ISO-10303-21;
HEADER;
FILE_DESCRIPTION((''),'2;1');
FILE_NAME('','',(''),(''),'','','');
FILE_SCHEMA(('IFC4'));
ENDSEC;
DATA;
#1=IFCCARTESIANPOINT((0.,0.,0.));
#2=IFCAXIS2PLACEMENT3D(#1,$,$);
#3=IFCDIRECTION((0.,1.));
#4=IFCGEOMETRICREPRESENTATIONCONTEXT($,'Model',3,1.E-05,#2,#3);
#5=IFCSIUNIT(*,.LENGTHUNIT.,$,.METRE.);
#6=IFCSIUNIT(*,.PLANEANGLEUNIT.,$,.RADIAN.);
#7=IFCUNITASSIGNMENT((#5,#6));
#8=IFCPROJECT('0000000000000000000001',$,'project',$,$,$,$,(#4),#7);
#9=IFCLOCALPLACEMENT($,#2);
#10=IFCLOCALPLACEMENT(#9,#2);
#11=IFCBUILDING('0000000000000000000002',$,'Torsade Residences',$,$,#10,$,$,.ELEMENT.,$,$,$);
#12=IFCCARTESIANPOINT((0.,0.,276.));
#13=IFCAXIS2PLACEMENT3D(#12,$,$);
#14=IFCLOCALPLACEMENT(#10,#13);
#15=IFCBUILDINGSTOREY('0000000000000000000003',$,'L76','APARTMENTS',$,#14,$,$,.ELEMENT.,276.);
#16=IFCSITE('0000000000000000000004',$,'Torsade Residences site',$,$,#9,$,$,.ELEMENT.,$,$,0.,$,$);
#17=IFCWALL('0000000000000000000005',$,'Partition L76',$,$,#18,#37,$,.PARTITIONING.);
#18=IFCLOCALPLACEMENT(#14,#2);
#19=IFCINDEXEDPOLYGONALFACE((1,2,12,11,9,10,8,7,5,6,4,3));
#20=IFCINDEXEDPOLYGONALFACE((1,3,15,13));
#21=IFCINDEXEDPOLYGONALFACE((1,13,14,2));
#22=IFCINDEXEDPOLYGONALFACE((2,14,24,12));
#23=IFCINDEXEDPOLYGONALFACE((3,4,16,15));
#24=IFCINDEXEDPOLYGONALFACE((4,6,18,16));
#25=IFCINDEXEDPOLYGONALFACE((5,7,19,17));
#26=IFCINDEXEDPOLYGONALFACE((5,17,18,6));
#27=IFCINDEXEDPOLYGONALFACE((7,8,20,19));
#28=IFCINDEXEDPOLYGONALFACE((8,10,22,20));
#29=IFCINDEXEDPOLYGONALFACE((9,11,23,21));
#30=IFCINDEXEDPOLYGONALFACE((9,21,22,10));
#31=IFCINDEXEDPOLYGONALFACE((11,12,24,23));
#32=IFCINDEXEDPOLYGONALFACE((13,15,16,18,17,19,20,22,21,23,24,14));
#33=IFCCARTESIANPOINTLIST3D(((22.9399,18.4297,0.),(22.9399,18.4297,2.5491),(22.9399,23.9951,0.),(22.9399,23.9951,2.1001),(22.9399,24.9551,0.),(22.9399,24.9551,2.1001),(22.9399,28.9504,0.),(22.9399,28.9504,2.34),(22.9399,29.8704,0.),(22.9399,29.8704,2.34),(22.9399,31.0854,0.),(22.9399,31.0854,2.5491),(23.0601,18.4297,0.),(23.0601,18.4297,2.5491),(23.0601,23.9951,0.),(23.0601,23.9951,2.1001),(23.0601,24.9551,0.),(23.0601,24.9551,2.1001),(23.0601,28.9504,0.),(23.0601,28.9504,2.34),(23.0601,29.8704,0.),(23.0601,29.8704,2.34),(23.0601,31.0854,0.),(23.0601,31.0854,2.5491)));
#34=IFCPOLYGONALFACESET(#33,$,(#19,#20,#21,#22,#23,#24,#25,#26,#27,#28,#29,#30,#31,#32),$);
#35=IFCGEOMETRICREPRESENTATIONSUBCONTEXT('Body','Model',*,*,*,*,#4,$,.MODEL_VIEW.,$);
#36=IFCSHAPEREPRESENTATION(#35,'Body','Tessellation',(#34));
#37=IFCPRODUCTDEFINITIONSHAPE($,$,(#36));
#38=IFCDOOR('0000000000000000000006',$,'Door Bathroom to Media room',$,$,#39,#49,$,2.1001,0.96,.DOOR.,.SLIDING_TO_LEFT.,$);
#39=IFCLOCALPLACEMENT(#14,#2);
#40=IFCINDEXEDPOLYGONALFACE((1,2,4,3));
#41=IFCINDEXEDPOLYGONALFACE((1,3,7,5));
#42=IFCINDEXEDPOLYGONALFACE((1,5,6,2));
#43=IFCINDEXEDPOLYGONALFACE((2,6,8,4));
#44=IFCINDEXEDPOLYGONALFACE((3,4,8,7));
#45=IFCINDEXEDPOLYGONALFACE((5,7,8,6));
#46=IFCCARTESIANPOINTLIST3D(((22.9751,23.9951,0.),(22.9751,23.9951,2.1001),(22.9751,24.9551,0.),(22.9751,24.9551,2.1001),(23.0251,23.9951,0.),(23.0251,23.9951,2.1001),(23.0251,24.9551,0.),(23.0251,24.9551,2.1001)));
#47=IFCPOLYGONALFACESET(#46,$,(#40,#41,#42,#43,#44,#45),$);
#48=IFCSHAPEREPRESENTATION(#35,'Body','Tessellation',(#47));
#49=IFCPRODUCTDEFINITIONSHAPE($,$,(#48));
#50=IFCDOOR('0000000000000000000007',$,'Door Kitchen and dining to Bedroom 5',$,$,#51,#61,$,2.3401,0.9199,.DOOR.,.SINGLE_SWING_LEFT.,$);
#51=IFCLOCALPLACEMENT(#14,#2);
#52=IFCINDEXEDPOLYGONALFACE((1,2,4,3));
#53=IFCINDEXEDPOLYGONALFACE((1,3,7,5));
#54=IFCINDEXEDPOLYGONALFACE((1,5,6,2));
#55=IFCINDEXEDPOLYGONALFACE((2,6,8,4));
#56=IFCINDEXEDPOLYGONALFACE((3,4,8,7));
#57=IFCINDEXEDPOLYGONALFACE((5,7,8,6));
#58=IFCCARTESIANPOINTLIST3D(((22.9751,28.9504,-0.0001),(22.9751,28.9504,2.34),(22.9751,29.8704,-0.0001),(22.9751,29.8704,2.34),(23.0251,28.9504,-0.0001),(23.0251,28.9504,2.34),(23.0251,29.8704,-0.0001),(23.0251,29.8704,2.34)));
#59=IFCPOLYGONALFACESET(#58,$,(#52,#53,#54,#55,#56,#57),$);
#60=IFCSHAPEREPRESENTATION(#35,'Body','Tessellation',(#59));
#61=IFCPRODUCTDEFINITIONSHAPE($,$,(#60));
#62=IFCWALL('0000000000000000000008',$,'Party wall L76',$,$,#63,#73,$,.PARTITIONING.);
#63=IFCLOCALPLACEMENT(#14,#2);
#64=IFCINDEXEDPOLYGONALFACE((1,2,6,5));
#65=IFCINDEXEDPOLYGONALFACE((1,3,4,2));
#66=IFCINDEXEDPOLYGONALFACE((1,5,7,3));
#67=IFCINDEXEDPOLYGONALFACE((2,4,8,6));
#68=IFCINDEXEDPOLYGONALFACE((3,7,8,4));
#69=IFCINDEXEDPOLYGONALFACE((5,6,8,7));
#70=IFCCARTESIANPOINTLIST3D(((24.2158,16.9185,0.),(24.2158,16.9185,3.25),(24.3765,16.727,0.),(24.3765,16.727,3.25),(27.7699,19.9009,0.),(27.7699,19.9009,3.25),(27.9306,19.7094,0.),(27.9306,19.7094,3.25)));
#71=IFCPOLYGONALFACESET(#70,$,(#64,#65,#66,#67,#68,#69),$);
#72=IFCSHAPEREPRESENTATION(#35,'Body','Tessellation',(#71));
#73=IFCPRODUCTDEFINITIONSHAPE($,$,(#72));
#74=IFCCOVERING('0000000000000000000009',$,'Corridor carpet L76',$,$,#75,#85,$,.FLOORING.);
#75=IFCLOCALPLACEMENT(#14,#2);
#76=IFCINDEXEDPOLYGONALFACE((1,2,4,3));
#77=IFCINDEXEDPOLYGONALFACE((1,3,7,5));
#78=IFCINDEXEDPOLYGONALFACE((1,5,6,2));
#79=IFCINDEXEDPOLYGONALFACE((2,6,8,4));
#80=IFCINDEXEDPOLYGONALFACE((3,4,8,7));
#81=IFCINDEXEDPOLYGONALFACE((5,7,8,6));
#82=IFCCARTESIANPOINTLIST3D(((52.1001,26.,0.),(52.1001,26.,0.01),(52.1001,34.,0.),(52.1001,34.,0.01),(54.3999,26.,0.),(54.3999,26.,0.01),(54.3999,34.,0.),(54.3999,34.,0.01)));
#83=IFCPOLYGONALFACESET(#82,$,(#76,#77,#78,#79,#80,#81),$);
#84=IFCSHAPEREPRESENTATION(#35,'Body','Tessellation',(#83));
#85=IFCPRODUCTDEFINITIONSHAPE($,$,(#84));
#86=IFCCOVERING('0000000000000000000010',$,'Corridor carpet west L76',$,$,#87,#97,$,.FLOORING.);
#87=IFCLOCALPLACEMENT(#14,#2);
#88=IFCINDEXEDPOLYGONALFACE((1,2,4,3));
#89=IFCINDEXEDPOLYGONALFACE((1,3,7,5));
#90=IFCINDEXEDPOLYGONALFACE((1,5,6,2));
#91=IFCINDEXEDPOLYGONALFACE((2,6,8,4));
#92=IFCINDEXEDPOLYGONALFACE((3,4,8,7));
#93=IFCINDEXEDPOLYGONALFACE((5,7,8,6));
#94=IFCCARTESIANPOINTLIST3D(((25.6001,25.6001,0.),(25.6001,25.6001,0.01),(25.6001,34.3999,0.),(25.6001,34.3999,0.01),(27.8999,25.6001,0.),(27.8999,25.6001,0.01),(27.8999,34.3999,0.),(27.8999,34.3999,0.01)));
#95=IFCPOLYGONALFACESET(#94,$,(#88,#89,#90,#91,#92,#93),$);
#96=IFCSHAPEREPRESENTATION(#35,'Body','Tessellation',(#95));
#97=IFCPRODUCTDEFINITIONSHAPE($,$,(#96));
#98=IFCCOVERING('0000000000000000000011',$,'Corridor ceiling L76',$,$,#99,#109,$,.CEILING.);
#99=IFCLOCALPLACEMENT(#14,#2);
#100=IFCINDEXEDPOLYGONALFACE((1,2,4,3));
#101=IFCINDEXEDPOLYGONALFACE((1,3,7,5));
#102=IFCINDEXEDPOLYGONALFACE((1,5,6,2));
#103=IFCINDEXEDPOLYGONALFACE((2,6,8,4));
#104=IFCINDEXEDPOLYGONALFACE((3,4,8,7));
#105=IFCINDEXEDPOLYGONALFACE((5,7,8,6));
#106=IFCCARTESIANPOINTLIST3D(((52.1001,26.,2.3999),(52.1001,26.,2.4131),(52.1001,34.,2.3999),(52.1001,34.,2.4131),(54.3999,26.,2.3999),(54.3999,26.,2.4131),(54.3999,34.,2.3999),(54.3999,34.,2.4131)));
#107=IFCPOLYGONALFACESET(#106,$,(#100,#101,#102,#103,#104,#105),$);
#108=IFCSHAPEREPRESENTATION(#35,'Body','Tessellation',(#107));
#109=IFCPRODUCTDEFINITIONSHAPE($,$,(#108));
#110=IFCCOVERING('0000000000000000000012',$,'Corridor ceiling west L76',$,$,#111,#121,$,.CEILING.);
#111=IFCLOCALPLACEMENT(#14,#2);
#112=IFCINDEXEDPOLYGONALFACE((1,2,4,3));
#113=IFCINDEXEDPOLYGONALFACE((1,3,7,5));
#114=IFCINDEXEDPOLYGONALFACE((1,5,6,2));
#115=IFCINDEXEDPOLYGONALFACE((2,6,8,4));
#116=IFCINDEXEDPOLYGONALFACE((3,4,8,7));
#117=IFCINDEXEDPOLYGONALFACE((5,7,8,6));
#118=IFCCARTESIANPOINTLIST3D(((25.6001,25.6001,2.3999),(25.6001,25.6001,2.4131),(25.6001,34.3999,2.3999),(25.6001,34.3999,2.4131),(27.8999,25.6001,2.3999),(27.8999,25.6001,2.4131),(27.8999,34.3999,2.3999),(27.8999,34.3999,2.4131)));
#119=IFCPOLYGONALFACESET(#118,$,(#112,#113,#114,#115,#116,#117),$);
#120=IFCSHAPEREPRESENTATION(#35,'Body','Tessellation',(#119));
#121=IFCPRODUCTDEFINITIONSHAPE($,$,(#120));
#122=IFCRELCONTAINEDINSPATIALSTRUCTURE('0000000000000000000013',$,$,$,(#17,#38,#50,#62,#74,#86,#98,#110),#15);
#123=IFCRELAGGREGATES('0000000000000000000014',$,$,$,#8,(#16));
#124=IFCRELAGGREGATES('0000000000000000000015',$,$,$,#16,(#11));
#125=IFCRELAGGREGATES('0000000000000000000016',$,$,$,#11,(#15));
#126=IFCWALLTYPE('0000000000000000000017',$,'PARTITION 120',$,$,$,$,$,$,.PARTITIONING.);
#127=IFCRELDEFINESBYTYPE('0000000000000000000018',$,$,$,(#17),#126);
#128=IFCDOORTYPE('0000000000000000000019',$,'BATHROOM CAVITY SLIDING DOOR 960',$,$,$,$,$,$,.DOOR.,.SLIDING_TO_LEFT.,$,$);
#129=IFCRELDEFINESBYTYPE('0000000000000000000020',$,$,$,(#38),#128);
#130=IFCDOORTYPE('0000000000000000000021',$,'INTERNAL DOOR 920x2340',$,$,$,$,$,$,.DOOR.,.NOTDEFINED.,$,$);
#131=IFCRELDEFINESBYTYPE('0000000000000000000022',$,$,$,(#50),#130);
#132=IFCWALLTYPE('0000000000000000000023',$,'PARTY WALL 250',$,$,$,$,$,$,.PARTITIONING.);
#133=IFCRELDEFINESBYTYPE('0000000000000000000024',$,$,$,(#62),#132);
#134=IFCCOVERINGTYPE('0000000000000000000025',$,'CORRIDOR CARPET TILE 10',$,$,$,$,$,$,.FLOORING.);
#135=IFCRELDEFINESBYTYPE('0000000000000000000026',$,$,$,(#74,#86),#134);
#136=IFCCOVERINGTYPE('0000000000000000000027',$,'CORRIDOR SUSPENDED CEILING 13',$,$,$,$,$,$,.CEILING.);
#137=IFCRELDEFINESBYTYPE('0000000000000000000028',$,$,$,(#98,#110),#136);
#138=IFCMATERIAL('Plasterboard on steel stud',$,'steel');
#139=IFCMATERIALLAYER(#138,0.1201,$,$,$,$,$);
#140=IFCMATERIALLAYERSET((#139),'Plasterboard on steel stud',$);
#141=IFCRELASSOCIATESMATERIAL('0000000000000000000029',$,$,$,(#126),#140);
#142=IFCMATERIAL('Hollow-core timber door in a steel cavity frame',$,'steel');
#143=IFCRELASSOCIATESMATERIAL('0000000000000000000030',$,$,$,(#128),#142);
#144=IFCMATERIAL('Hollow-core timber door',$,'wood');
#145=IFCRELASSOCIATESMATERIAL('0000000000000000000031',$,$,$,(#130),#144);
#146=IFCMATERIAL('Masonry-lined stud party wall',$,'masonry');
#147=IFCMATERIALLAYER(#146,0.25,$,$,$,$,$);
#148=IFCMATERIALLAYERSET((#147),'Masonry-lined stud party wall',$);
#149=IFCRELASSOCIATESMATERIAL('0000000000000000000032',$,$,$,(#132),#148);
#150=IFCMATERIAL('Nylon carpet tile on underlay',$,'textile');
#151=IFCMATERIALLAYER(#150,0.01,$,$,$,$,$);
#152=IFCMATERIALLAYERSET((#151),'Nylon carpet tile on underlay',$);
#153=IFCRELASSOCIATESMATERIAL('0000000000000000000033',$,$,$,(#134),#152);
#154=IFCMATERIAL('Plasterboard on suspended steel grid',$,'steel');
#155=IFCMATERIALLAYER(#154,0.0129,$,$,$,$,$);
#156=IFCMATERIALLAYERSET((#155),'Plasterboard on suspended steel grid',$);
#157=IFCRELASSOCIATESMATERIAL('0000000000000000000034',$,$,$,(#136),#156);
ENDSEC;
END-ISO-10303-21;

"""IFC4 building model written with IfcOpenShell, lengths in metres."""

from ifc_helpers import new_model, si_unit, direction, frame, frame_2d, origin, place, context, subcontext, project, spatial, polyline, rectangle, outline, extrude, material, layer, layer_set, type_object, element, fill, save


model = new_model("IFC4")

# Units and contexts
model_context = context("Model", 3, precision=1e-05, world=origin(), true_north=direction((0.0, 1.0)))
body_context = subcontext(model_context, "Body", "Model", "MODEL_VIEW")
ifc_project = project(units=[si_unit("LENGTHUNIT", "METRE"), si_unit("PLANEANGLEUNIT", "RADIAN")], contexts=[model_context])

# Site, building, storey
site_placement = place(None, origin())
site = spatial("IfcSite", under=ifc_project, at=site_placement, Name="Torsade Residences site", CompositionType="ELEMENT", RefElevation=0.0)
building_placement = place(site_placement, origin())
building = spatial("IfcBuilding", under=site, at=building_placement, Name="Torsade Residences", CompositionType="ELEMENT")
storey_placement = place(building_placement, frame((0.0, 0.0, 276.0)))
storey = spatial("IfcBuildingStorey", under=building, at=storey_placement, Name="L76", Description="APARTMENTS", CompositionType="ELEMENT", Elevation=276.0)

# Wall, openings, doors
ifc_material_1 = material(Name="Plasterboard on steel stud", Category="steel")
ifc_layer_1 = layer(ifc_material_1, 0.1201)
ifc_layer_set_1 = layer_set([ifc_layer_1], Name="Plasterboard on steel stud")
wall_type_1 = type_object("IfcWallType", Name="PARTITION 120", PredefinedType="PARTITIONING", material=ifc_layer_set_1)
wall_1_placement = place(storey_placement, frame((23.0, 18.4297, 0.0), z_axis=(0.0, 0.0, 1.0), x_axis=(0.0, 1.0, 0.0)))
wall_1 = element("IfcWall", 1, at=wall_1_placement, inside=storey, type_object=wall_type_1, Name="Partition L76", PredefinedType="PARTITIONING", context=body_context, shape_type="SweptSolid", body=[
    extrude(rectangle(XDim=12.6558, YDim=0.1201, at=frame_2d((6.3279, 0.0))), origin(), (0.0, 0.0, 1.0), 2.5491),
])
opening_1_placement = place(wall_1_placement, frame((10.5208, 0.0, 0.0)))
opening_1 = element("IfcOpeningElement", 2, at=opening_1_placement, cuts=wall_1, PredefinedType="OPENING", context=body_context, shape_type="SweptSolid", body=[
    extrude(rectangle(XDim=0.9199, YDim=2.3401, at=frame_2d((0.46, 1.1699))), frame((0.0, 0.0701, 0.0), z_axis=(0.0, -1.0, 0.0), x_axis=(1.0, 0.0, 0.0)), (0.0, 0.0, 1.0), 0.1401),
])
opening_2_placement = place(wall_1_placement, frame((5.5654, 0.0, 0.0)))
opening_2 = element("IfcOpeningElement", 3, at=opening_2_placement, cuts=wall_1, PredefinedType="OPENING", context=body_context, shape_type="SweptSolid", body=[
    extrude(rectangle(XDim=0.96, YDim=2.1001, at=frame_2d((0.48, 1.05))), frame((0.0, 0.0701, 0.0), z_axis=(0.0, -1.0, 0.0), x_axis=(1.0, 0.0, 0.0)), (0.0, 0.0, 1.0), 0.1401),
])
ifc_material_2 = material(Name="Hollow-core timber door in a steel cavity frame", Category="steel")
door_type_1 = type_object("IfcDoorType", Name="BATHROOM CAVITY SLIDING DOOR 960", OperationType="SLIDING_TO_LEFT", PredefinedType="DOOR", material=ifc_material_2)
door_1_placement = place(opening_2_placement, origin())
door_1 = element("IfcDoor", 4, at=door_1_placement, inside=storey, type_object=door_type_1, Name="Door Bathroom to Media room", OperationType="SLIDING_TO_LEFT", OverallHeight=2.1001, OverallWidth=0.96, PredefinedType="DOOR", context=body_context, shape_type="SweptSolid", body=[
    extrude(rectangle(XDim=0.96, YDim=2.1001, at=frame_2d((0.48, 1.05))), frame((0.0, 0.0249, 0.0), z_axis=(0.0, -1.0, 0.0), x_axis=(1.0, 0.0, 0.0)), (0.0, 0.0, 1.0), 0.05),
])
fill(opening_2, door_1)
ifc_material_3 = material(Name="Hollow-core timber door", Category="wood")
door_type_2 = type_object("IfcDoorType", Name="INTERNAL DOOR 920x2340", OperationType="NOTDEFINED", PredefinedType="DOOR", material=ifc_material_3)
door_2_placement = place(opening_1_placement, origin())
door_2 = element("IfcDoor", 5, at=door_2_placement, inside=storey, type_object=door_type_2, Name="Door Kitchen and dining to Bedroom 5", OperationType="SINGLE_SWING_LEFT", OverallHeight=2.3401, OverallWidth=0.9199, PredefinedType="DOOR", context=body_context, shape_type="SweptSolid", body=[
    extrude(rectangle(XDim=0.9199, YDim=2.3401, at=frame_2d((0.46, 1.1699))), frame((0.0, 0.0249, 0.0), z_axis=(0.0, -1.0, 0.0), x_axis=(1.0, 0.0, 0.0)), (0.0, 0.0, 1.0), 0.05),
])
fill(opening_1, door_2)

# Wall
ifc_material_4 = material(Name="Masonry-lined stud party wall", Category="masonry")
ifc_layer_2 = layer(ifc_material_4, 0.25)
ifc_layer_set_2 = layer_set([ifc_layer_2], Name="Masonry-lined stud party wall")
wall_type_2 = type_object("IfcWallType", Name="PARTY WALL 250", PredefinedType="PARTITIONING", material=ifc_layer_set_2)
wall_2_placement = place(storey_placement, frame((24.2961, 16.8228, 0.0), z_axis=(0.0, 0.0, 1.0), x_axis=(0.766034, 0.6428, 0.0)))
element("IfcWall", 6, at=wall_2_placement, inside=storey, type_object=wall_type_2, Name="Party wall L76", PredefinedType="PARTITIONING", context=body_context, shape_type="SweptSolid", body=[
    extrude(rectangle(XDim=4.6396, YDim=0.25, at=frame_2d((2.3198, 0.0))), origin(), (0.0, 0.0, 1.0), 3.25),
])

# Coverings
ifc_material_5 = material(Name="Nylon carpet tile on underlay", Category="textile")
ifc_layer_3 = layer(ifc_material_5, 0.01)
ifc_layer_set_3 = layer_set([ifc_layer_3], Name="Nylon carpet tile on underlay")
covering_type_1 = type_object("IfcCoveringType", Name="CORRIDOR CARPET TILE 10", PredefinedType="FLOORING", material=ifc_layer_set_3)
covering_1_placement = place(storey_placement, origin())
element("IfcCovering", 7, at=covering_1_placement, inside=storey, type_object=covering_type_1, Name="Corridor carpet L76", PredefinedType="FLOORING", context=body_context, shape_type="SweptSolid", body=[
    extrude(outline(polyline([(54.3999, 26.0), (54.3999, 34.0), (52.1001, 34.0), (52.1001, 26.0), (54.3999, 26.0)])), origin(), (0.0, 0.0, 1.0), 0.01),
])
covering_2_placement = place(storey_placement, origin())
element("IfcCovering", 8, at=covering_2_placement, inside=storey, type_object=covering_type_1, Name="Corridor carpet west L76", PredefinedType="FLOORING", context=body_context, shape_type="SweptSolid", body=[
    extrude(outline(polyline([(27.8999, 25.6001), (27.8999, 34.3999), (25.6001, 34.3999), (25.6001, 25.6001), (27.8999, 25.6001)])), origin(), (0.0, 0.0, 1.0), 0.01),
])
ifc_material_6 = material(Name="Plasterboard on suspended steel grid", Category="steel")
ifc_layer_4 = layer(ifc_material_6, 0.0129)
ifc_layer_set_4 = layer_set([ifc_layer_4], Name="Plasterboard on suspended steel grid")
covering_type_2 = type_object("IfcCoveringType", Name="CORRIDOR SUSPENDED CEILING 13", PredefinedType="CEILING", material=ifc_layer_set_4)
covering_3_placement = place(storey_placement, frame((0.0, 0.0, 2.3999)))
element("IfcCovering", 9, at=covering_3_placement, inside=storey, type_object=covering_type_2, Name="Corridor ceiling L76", PredefinedType="CEILING", context=body_context, shape_type="SweptSolid", body=[
    extrude(outline(polyline([(54.3999, 26.0), (54.3999, 34.0), (52.1001, 34.0), (52.1001, 26.0), (54.3999, 26.0)])), origin(), (0.0, 0.0, 1.0), 0.0132),
])
covering_4_placement = place(storey_placement, frame((0.0, 0.0, 2.3999)))
element("IfcCovering", 10, at=covering_4_placement, inside=storey, type_object=covering_type_2, Name="Corridor ceiling west L76", PredefinedType="CEILING", context=body_context, shape_type="SweptSolid", body=[
    extrude(outline(polyline([(27.8999, 25.6001), (27.8999, 34.3999), (25.6001, 34.3999), (25.6001, 25.6001), (27.8999, 25.6001)])), origin(), (0.0, 0.0, 1.0), 0.0132),
])

save(model, "model.ifc")
